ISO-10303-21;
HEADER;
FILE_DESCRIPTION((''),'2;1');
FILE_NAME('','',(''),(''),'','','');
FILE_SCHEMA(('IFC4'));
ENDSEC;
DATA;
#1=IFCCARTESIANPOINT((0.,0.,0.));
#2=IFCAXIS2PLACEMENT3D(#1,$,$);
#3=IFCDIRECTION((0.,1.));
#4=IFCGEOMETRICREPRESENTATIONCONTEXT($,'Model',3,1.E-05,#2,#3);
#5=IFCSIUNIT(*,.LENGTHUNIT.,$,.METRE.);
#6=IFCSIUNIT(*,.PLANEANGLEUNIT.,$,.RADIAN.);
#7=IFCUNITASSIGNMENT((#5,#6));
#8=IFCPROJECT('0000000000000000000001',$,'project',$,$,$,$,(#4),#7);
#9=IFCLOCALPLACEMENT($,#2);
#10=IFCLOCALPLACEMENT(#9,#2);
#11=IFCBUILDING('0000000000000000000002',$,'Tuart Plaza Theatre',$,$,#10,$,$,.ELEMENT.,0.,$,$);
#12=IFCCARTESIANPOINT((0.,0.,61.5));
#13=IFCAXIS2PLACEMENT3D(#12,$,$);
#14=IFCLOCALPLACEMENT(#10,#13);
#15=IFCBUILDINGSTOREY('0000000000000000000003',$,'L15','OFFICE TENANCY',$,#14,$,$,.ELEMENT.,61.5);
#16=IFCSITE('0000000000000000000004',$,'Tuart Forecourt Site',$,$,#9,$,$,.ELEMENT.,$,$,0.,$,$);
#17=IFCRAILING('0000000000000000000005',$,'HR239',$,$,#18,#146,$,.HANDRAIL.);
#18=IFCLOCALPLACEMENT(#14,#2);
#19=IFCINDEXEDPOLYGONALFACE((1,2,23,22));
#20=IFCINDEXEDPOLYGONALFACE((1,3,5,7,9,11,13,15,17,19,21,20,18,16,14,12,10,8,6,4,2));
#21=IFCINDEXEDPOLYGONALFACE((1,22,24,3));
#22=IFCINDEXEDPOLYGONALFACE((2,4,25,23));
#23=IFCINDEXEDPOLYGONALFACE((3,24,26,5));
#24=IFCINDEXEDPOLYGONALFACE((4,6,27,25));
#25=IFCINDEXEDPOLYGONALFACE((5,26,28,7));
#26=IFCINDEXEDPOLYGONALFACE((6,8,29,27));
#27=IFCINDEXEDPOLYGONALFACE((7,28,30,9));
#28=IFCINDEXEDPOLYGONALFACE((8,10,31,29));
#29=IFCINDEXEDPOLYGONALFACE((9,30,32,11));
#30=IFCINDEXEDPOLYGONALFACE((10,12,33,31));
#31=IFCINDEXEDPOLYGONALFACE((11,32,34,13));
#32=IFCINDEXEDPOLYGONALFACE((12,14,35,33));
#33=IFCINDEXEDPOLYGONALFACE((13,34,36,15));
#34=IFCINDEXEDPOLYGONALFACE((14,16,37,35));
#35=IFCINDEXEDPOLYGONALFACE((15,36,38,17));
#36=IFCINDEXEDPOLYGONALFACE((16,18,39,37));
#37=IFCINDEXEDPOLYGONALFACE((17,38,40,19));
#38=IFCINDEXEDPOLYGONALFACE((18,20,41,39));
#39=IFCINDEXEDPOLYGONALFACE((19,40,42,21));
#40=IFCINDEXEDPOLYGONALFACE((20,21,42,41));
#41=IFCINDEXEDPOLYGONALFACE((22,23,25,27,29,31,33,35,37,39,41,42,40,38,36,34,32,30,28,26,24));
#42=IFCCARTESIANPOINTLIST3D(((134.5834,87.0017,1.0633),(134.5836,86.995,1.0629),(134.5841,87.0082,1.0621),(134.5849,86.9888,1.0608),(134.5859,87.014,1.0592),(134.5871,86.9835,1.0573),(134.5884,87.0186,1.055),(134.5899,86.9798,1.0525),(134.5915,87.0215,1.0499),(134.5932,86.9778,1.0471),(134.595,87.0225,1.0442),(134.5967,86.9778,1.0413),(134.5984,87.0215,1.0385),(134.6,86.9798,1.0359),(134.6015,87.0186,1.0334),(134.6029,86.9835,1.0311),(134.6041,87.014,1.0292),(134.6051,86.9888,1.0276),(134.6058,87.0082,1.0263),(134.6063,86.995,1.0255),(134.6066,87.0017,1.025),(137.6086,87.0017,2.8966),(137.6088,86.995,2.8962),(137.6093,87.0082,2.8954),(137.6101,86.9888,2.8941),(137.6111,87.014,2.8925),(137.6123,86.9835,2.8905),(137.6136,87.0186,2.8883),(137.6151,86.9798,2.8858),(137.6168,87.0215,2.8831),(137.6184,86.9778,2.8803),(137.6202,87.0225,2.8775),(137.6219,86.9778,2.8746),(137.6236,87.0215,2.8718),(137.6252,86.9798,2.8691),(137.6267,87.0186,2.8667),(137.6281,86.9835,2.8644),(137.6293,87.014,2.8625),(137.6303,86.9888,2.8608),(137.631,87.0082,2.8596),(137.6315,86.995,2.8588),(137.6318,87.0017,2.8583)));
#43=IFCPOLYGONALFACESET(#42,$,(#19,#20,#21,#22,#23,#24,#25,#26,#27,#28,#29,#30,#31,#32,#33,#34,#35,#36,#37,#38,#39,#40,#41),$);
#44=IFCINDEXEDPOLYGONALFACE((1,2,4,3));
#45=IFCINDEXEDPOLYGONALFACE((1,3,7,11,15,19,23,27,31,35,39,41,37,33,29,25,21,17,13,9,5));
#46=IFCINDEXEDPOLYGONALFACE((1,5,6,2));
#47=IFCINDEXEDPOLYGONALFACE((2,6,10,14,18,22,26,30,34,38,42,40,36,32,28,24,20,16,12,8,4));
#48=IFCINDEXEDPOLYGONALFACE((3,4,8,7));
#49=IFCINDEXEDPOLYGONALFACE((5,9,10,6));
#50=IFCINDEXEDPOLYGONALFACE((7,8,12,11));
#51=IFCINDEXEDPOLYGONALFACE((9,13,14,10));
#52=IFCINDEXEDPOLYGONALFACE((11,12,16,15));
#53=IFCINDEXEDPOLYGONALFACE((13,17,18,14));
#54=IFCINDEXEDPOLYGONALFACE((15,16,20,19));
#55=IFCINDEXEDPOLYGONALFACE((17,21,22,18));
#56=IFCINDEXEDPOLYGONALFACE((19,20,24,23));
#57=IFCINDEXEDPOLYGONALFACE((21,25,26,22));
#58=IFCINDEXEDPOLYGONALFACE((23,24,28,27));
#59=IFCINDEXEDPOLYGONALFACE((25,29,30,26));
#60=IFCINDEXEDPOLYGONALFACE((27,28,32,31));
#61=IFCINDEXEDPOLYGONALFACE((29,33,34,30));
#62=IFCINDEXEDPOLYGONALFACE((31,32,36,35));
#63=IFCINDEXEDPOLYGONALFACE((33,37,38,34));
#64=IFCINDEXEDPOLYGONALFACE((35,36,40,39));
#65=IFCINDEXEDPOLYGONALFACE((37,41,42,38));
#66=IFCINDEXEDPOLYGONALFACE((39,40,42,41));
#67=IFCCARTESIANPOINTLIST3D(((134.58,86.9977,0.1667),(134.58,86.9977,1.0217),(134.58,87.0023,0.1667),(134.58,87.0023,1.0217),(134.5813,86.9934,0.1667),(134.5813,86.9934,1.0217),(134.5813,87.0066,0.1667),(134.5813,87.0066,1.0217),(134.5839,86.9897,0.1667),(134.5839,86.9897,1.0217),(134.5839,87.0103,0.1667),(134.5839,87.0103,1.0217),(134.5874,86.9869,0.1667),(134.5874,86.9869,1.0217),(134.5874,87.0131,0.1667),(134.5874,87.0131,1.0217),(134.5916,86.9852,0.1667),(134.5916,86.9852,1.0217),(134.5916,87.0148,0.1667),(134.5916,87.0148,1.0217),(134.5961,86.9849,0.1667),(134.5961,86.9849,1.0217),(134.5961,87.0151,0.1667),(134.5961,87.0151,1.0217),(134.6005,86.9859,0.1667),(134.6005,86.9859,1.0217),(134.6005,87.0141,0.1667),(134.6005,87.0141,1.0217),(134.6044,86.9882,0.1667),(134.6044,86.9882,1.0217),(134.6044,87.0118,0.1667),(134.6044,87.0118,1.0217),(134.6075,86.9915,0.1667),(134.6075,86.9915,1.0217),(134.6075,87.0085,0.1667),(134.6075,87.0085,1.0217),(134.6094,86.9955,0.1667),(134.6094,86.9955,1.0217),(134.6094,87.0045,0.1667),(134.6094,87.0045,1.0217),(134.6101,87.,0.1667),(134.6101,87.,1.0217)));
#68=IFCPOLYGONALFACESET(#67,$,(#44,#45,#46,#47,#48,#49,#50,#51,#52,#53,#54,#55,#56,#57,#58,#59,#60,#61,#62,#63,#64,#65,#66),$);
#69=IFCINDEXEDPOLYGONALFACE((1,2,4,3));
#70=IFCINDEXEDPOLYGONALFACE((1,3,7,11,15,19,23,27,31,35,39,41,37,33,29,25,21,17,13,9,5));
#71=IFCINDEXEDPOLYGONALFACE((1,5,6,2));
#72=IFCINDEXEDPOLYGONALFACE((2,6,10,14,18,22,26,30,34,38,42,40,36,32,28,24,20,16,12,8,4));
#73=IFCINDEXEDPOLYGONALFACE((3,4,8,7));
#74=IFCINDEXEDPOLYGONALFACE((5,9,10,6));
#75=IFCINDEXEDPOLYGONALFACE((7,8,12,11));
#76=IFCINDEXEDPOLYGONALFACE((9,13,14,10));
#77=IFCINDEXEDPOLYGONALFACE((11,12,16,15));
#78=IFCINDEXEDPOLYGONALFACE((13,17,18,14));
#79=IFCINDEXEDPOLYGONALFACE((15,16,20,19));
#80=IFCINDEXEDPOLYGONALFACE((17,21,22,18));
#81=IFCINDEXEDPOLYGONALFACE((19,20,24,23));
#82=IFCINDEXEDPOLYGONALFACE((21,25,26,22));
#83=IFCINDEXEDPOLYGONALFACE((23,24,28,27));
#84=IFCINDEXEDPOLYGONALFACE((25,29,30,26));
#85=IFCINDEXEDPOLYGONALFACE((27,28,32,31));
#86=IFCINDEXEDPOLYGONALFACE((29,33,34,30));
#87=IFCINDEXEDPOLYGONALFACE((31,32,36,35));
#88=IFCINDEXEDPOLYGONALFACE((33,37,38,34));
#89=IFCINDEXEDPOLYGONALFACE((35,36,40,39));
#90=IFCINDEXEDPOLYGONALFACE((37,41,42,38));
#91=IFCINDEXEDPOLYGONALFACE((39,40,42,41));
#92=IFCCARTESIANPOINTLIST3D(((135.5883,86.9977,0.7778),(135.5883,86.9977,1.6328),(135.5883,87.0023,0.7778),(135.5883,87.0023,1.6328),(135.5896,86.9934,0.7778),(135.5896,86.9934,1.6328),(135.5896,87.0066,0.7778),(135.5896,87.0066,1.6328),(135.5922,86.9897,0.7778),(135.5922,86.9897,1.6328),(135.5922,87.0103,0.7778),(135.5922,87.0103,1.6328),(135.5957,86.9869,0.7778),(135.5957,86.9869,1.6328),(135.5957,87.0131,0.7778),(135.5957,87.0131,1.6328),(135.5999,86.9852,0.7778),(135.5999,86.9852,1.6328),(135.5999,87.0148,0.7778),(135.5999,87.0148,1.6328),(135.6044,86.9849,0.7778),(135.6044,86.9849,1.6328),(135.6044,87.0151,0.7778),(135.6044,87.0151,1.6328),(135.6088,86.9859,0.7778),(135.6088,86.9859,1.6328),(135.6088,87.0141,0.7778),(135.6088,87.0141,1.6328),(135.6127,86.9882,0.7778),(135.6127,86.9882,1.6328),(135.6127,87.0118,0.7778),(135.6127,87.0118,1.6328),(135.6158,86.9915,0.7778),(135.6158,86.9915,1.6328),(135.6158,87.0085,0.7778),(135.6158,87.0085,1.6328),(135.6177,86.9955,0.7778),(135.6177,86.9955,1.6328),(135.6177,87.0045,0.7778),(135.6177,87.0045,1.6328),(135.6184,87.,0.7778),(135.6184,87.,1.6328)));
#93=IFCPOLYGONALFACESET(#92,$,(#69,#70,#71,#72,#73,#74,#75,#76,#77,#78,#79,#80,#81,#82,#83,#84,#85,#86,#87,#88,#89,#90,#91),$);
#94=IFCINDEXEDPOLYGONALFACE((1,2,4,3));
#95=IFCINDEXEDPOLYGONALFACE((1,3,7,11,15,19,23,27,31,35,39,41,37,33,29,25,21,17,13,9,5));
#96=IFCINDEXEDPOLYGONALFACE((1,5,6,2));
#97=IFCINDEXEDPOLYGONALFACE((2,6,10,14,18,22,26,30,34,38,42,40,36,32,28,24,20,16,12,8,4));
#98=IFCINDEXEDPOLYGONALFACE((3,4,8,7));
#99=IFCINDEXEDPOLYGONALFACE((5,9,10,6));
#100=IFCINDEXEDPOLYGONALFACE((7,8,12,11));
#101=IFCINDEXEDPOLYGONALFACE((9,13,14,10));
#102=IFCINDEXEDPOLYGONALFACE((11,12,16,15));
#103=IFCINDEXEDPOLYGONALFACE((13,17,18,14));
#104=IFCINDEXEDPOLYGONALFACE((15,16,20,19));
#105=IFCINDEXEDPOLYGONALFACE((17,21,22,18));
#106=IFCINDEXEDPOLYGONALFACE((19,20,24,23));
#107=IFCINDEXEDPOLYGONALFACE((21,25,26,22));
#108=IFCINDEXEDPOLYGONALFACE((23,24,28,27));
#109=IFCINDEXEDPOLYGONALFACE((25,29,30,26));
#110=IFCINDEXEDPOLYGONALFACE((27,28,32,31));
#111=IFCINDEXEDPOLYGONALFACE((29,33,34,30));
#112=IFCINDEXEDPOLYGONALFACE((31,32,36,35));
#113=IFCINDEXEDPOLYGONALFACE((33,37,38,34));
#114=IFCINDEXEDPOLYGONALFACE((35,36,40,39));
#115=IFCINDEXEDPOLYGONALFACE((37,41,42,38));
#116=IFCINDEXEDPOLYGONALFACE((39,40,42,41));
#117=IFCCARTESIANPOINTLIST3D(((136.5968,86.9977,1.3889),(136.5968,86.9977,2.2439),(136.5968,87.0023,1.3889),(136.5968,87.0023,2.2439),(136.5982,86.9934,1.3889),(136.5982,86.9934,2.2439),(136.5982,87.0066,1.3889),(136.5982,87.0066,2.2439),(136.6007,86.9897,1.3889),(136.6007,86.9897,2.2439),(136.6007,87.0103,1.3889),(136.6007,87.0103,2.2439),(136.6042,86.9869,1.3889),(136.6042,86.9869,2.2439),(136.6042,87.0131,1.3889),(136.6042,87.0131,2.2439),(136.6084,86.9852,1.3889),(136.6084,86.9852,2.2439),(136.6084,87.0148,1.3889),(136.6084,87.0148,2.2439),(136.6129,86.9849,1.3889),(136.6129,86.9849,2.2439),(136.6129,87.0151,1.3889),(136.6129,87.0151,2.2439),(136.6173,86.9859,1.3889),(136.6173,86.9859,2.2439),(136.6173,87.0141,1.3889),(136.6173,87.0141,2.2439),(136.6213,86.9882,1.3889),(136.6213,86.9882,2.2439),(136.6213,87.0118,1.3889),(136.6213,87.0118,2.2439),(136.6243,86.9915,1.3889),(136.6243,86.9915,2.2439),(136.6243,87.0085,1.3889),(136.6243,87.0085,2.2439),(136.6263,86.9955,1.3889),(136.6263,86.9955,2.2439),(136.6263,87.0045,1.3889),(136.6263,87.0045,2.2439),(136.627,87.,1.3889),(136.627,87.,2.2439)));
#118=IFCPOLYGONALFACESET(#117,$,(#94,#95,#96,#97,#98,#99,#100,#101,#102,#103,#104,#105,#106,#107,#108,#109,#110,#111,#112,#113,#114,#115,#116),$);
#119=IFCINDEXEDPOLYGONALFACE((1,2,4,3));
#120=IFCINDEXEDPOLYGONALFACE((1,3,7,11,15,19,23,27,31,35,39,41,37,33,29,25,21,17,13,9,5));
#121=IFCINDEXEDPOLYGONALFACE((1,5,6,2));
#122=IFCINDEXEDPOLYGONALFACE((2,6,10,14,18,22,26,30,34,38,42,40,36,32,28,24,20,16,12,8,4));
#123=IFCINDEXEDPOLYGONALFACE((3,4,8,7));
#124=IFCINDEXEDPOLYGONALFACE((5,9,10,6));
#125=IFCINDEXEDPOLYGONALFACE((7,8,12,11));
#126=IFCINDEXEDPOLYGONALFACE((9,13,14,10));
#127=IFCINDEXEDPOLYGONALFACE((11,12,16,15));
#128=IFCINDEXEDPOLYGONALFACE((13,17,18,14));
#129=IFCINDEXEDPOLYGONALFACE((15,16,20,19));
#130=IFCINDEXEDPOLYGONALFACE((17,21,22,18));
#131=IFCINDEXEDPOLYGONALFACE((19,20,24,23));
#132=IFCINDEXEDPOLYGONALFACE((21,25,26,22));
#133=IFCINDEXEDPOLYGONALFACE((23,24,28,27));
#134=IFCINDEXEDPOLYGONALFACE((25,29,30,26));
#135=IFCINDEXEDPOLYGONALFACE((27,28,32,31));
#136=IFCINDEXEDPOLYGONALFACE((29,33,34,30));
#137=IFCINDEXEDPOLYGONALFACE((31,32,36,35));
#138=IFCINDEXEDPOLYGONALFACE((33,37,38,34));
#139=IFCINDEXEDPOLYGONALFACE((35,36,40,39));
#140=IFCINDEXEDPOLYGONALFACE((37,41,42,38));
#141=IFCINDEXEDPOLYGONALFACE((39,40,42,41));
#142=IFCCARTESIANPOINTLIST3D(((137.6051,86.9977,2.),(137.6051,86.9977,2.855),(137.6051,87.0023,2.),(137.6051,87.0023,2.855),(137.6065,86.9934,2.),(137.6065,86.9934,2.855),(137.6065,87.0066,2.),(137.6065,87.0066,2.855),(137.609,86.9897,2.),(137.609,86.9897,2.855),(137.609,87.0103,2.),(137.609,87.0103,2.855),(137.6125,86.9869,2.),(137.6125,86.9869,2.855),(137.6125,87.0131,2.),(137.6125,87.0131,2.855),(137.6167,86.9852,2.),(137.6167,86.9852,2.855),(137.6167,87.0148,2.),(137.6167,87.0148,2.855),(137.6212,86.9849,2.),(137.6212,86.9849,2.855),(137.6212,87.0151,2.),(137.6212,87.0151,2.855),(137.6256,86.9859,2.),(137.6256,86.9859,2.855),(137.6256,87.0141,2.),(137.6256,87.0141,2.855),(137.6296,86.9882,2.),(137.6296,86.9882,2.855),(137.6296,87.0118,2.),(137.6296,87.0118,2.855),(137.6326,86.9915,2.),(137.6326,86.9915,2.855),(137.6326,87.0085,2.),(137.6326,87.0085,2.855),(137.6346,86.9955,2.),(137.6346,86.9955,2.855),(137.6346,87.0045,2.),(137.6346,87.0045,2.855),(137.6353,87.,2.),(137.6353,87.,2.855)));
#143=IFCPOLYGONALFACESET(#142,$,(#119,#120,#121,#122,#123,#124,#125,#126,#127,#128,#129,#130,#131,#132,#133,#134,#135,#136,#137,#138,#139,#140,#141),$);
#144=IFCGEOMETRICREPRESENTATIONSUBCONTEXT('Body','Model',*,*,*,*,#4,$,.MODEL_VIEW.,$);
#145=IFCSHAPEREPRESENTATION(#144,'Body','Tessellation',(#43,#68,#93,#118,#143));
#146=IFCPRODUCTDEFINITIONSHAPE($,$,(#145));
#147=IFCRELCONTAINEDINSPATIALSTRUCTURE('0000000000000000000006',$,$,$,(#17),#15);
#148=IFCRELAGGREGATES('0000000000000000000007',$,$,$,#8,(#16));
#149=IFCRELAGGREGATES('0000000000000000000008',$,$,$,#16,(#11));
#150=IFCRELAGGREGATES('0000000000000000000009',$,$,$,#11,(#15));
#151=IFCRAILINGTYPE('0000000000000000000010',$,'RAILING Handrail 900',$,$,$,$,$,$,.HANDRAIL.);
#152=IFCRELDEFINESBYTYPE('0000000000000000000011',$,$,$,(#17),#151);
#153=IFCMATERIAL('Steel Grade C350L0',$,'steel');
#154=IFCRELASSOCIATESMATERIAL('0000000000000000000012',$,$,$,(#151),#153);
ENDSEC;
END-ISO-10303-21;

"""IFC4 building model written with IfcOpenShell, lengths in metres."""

from ifc_helpers import new_model, si_unit, direction, frame, origin, origin_2d, place, context, subcontext, project, spatial, circle, extrude, material, type_object, element, save


model = new_model("IFC4")

# Units and contexts
model_context = context("Model", 3, precision=1e-05, world=origin(), true_north=direction((0.0, 1.0)))
body_context = subcontext(model_context, "Body", "Model", "MODEL_VIEW")
ifc_project = project(units=[si_unit("LENGTHUNIT", "METRE"), si_unit("PLANEANGLEUNIT", "RADIAN")], contexts=[model_context])

# Site, building, storey
site_placement = place(None, origin())
site = spatial("IfcSite", under=ifc_project, at=site_placement, Name="Tuart Forecourt Site", CompositionType="ELEMENT", RefElevation=0.0)
building_placement = place(site_placement, origin())
building = spatial("IfcBuilding", under=site, at=building_placement, Name="Tuart Plaza Theatre", CompositionType="ELEMENT", ElevationOfRefHeight=0.0)
storey_placement = place(building_placement, frame((0.0, 0.0, 61.5)))
storey = spatial("IfcBuildingStorey", under=building, at=storey_placement, Name="L15", Description="OFFICE TENANCY", CompositionType="ELEMENT", Elevation=61.5)

# Railing
ifc_material_1 = material(Name="Steel Grade C350L0", Category="steel")
railing_type_1 = type_object("IfcRailingType", Name="RAILING Handrail 900", PredefinedType="HANDRAIL", material=ifc_material_1)
for number, where, name in (
    (1, (134.595, 87.0, 0.1667), "HR239"),
):
    element("IfcRailing", number, at=place(storey_placement, frame(where)), inside=storey, type_object=railing_type_1, Name=name, PredefinedType="HANDRAIL", context=body_context, shape_type="SweptSolid", body=[
        extrude(circle(Radius=0.0225, at=origin_2d()), frame((0.0, 0.0, 0.8774), z_axis=(0.855219, 0.0, 0.518267), x_axis=(0.0, 1.0, 0.0)), (0.0, 0.0, 1.0), 3.5374),
        extrude(circle(Radius=0.0151, at=origin_2d()), origin(), (0.0, 0.0, 1.0), 0.855),
        extrude(circle(Radius=0.0151, at=origin_2d()), frame((1.0083, 0.0, 0.6111)), (0.0, 0.0, 1.0), 0.855),
        extrude(circle(Radius=0.0151, at=origin_2d()), frame((2.0168, 0.0, 1.2222)), (0.0, 0.0, 1.0), 0.855),
        extrude(circle(Radius=0.0151, at=origin_2d()), frame((3.0251, 0.0, 1.8333)), (0.0, 0.0, 1.0), 0.855),
    ])

save(model, "model.ifc")
